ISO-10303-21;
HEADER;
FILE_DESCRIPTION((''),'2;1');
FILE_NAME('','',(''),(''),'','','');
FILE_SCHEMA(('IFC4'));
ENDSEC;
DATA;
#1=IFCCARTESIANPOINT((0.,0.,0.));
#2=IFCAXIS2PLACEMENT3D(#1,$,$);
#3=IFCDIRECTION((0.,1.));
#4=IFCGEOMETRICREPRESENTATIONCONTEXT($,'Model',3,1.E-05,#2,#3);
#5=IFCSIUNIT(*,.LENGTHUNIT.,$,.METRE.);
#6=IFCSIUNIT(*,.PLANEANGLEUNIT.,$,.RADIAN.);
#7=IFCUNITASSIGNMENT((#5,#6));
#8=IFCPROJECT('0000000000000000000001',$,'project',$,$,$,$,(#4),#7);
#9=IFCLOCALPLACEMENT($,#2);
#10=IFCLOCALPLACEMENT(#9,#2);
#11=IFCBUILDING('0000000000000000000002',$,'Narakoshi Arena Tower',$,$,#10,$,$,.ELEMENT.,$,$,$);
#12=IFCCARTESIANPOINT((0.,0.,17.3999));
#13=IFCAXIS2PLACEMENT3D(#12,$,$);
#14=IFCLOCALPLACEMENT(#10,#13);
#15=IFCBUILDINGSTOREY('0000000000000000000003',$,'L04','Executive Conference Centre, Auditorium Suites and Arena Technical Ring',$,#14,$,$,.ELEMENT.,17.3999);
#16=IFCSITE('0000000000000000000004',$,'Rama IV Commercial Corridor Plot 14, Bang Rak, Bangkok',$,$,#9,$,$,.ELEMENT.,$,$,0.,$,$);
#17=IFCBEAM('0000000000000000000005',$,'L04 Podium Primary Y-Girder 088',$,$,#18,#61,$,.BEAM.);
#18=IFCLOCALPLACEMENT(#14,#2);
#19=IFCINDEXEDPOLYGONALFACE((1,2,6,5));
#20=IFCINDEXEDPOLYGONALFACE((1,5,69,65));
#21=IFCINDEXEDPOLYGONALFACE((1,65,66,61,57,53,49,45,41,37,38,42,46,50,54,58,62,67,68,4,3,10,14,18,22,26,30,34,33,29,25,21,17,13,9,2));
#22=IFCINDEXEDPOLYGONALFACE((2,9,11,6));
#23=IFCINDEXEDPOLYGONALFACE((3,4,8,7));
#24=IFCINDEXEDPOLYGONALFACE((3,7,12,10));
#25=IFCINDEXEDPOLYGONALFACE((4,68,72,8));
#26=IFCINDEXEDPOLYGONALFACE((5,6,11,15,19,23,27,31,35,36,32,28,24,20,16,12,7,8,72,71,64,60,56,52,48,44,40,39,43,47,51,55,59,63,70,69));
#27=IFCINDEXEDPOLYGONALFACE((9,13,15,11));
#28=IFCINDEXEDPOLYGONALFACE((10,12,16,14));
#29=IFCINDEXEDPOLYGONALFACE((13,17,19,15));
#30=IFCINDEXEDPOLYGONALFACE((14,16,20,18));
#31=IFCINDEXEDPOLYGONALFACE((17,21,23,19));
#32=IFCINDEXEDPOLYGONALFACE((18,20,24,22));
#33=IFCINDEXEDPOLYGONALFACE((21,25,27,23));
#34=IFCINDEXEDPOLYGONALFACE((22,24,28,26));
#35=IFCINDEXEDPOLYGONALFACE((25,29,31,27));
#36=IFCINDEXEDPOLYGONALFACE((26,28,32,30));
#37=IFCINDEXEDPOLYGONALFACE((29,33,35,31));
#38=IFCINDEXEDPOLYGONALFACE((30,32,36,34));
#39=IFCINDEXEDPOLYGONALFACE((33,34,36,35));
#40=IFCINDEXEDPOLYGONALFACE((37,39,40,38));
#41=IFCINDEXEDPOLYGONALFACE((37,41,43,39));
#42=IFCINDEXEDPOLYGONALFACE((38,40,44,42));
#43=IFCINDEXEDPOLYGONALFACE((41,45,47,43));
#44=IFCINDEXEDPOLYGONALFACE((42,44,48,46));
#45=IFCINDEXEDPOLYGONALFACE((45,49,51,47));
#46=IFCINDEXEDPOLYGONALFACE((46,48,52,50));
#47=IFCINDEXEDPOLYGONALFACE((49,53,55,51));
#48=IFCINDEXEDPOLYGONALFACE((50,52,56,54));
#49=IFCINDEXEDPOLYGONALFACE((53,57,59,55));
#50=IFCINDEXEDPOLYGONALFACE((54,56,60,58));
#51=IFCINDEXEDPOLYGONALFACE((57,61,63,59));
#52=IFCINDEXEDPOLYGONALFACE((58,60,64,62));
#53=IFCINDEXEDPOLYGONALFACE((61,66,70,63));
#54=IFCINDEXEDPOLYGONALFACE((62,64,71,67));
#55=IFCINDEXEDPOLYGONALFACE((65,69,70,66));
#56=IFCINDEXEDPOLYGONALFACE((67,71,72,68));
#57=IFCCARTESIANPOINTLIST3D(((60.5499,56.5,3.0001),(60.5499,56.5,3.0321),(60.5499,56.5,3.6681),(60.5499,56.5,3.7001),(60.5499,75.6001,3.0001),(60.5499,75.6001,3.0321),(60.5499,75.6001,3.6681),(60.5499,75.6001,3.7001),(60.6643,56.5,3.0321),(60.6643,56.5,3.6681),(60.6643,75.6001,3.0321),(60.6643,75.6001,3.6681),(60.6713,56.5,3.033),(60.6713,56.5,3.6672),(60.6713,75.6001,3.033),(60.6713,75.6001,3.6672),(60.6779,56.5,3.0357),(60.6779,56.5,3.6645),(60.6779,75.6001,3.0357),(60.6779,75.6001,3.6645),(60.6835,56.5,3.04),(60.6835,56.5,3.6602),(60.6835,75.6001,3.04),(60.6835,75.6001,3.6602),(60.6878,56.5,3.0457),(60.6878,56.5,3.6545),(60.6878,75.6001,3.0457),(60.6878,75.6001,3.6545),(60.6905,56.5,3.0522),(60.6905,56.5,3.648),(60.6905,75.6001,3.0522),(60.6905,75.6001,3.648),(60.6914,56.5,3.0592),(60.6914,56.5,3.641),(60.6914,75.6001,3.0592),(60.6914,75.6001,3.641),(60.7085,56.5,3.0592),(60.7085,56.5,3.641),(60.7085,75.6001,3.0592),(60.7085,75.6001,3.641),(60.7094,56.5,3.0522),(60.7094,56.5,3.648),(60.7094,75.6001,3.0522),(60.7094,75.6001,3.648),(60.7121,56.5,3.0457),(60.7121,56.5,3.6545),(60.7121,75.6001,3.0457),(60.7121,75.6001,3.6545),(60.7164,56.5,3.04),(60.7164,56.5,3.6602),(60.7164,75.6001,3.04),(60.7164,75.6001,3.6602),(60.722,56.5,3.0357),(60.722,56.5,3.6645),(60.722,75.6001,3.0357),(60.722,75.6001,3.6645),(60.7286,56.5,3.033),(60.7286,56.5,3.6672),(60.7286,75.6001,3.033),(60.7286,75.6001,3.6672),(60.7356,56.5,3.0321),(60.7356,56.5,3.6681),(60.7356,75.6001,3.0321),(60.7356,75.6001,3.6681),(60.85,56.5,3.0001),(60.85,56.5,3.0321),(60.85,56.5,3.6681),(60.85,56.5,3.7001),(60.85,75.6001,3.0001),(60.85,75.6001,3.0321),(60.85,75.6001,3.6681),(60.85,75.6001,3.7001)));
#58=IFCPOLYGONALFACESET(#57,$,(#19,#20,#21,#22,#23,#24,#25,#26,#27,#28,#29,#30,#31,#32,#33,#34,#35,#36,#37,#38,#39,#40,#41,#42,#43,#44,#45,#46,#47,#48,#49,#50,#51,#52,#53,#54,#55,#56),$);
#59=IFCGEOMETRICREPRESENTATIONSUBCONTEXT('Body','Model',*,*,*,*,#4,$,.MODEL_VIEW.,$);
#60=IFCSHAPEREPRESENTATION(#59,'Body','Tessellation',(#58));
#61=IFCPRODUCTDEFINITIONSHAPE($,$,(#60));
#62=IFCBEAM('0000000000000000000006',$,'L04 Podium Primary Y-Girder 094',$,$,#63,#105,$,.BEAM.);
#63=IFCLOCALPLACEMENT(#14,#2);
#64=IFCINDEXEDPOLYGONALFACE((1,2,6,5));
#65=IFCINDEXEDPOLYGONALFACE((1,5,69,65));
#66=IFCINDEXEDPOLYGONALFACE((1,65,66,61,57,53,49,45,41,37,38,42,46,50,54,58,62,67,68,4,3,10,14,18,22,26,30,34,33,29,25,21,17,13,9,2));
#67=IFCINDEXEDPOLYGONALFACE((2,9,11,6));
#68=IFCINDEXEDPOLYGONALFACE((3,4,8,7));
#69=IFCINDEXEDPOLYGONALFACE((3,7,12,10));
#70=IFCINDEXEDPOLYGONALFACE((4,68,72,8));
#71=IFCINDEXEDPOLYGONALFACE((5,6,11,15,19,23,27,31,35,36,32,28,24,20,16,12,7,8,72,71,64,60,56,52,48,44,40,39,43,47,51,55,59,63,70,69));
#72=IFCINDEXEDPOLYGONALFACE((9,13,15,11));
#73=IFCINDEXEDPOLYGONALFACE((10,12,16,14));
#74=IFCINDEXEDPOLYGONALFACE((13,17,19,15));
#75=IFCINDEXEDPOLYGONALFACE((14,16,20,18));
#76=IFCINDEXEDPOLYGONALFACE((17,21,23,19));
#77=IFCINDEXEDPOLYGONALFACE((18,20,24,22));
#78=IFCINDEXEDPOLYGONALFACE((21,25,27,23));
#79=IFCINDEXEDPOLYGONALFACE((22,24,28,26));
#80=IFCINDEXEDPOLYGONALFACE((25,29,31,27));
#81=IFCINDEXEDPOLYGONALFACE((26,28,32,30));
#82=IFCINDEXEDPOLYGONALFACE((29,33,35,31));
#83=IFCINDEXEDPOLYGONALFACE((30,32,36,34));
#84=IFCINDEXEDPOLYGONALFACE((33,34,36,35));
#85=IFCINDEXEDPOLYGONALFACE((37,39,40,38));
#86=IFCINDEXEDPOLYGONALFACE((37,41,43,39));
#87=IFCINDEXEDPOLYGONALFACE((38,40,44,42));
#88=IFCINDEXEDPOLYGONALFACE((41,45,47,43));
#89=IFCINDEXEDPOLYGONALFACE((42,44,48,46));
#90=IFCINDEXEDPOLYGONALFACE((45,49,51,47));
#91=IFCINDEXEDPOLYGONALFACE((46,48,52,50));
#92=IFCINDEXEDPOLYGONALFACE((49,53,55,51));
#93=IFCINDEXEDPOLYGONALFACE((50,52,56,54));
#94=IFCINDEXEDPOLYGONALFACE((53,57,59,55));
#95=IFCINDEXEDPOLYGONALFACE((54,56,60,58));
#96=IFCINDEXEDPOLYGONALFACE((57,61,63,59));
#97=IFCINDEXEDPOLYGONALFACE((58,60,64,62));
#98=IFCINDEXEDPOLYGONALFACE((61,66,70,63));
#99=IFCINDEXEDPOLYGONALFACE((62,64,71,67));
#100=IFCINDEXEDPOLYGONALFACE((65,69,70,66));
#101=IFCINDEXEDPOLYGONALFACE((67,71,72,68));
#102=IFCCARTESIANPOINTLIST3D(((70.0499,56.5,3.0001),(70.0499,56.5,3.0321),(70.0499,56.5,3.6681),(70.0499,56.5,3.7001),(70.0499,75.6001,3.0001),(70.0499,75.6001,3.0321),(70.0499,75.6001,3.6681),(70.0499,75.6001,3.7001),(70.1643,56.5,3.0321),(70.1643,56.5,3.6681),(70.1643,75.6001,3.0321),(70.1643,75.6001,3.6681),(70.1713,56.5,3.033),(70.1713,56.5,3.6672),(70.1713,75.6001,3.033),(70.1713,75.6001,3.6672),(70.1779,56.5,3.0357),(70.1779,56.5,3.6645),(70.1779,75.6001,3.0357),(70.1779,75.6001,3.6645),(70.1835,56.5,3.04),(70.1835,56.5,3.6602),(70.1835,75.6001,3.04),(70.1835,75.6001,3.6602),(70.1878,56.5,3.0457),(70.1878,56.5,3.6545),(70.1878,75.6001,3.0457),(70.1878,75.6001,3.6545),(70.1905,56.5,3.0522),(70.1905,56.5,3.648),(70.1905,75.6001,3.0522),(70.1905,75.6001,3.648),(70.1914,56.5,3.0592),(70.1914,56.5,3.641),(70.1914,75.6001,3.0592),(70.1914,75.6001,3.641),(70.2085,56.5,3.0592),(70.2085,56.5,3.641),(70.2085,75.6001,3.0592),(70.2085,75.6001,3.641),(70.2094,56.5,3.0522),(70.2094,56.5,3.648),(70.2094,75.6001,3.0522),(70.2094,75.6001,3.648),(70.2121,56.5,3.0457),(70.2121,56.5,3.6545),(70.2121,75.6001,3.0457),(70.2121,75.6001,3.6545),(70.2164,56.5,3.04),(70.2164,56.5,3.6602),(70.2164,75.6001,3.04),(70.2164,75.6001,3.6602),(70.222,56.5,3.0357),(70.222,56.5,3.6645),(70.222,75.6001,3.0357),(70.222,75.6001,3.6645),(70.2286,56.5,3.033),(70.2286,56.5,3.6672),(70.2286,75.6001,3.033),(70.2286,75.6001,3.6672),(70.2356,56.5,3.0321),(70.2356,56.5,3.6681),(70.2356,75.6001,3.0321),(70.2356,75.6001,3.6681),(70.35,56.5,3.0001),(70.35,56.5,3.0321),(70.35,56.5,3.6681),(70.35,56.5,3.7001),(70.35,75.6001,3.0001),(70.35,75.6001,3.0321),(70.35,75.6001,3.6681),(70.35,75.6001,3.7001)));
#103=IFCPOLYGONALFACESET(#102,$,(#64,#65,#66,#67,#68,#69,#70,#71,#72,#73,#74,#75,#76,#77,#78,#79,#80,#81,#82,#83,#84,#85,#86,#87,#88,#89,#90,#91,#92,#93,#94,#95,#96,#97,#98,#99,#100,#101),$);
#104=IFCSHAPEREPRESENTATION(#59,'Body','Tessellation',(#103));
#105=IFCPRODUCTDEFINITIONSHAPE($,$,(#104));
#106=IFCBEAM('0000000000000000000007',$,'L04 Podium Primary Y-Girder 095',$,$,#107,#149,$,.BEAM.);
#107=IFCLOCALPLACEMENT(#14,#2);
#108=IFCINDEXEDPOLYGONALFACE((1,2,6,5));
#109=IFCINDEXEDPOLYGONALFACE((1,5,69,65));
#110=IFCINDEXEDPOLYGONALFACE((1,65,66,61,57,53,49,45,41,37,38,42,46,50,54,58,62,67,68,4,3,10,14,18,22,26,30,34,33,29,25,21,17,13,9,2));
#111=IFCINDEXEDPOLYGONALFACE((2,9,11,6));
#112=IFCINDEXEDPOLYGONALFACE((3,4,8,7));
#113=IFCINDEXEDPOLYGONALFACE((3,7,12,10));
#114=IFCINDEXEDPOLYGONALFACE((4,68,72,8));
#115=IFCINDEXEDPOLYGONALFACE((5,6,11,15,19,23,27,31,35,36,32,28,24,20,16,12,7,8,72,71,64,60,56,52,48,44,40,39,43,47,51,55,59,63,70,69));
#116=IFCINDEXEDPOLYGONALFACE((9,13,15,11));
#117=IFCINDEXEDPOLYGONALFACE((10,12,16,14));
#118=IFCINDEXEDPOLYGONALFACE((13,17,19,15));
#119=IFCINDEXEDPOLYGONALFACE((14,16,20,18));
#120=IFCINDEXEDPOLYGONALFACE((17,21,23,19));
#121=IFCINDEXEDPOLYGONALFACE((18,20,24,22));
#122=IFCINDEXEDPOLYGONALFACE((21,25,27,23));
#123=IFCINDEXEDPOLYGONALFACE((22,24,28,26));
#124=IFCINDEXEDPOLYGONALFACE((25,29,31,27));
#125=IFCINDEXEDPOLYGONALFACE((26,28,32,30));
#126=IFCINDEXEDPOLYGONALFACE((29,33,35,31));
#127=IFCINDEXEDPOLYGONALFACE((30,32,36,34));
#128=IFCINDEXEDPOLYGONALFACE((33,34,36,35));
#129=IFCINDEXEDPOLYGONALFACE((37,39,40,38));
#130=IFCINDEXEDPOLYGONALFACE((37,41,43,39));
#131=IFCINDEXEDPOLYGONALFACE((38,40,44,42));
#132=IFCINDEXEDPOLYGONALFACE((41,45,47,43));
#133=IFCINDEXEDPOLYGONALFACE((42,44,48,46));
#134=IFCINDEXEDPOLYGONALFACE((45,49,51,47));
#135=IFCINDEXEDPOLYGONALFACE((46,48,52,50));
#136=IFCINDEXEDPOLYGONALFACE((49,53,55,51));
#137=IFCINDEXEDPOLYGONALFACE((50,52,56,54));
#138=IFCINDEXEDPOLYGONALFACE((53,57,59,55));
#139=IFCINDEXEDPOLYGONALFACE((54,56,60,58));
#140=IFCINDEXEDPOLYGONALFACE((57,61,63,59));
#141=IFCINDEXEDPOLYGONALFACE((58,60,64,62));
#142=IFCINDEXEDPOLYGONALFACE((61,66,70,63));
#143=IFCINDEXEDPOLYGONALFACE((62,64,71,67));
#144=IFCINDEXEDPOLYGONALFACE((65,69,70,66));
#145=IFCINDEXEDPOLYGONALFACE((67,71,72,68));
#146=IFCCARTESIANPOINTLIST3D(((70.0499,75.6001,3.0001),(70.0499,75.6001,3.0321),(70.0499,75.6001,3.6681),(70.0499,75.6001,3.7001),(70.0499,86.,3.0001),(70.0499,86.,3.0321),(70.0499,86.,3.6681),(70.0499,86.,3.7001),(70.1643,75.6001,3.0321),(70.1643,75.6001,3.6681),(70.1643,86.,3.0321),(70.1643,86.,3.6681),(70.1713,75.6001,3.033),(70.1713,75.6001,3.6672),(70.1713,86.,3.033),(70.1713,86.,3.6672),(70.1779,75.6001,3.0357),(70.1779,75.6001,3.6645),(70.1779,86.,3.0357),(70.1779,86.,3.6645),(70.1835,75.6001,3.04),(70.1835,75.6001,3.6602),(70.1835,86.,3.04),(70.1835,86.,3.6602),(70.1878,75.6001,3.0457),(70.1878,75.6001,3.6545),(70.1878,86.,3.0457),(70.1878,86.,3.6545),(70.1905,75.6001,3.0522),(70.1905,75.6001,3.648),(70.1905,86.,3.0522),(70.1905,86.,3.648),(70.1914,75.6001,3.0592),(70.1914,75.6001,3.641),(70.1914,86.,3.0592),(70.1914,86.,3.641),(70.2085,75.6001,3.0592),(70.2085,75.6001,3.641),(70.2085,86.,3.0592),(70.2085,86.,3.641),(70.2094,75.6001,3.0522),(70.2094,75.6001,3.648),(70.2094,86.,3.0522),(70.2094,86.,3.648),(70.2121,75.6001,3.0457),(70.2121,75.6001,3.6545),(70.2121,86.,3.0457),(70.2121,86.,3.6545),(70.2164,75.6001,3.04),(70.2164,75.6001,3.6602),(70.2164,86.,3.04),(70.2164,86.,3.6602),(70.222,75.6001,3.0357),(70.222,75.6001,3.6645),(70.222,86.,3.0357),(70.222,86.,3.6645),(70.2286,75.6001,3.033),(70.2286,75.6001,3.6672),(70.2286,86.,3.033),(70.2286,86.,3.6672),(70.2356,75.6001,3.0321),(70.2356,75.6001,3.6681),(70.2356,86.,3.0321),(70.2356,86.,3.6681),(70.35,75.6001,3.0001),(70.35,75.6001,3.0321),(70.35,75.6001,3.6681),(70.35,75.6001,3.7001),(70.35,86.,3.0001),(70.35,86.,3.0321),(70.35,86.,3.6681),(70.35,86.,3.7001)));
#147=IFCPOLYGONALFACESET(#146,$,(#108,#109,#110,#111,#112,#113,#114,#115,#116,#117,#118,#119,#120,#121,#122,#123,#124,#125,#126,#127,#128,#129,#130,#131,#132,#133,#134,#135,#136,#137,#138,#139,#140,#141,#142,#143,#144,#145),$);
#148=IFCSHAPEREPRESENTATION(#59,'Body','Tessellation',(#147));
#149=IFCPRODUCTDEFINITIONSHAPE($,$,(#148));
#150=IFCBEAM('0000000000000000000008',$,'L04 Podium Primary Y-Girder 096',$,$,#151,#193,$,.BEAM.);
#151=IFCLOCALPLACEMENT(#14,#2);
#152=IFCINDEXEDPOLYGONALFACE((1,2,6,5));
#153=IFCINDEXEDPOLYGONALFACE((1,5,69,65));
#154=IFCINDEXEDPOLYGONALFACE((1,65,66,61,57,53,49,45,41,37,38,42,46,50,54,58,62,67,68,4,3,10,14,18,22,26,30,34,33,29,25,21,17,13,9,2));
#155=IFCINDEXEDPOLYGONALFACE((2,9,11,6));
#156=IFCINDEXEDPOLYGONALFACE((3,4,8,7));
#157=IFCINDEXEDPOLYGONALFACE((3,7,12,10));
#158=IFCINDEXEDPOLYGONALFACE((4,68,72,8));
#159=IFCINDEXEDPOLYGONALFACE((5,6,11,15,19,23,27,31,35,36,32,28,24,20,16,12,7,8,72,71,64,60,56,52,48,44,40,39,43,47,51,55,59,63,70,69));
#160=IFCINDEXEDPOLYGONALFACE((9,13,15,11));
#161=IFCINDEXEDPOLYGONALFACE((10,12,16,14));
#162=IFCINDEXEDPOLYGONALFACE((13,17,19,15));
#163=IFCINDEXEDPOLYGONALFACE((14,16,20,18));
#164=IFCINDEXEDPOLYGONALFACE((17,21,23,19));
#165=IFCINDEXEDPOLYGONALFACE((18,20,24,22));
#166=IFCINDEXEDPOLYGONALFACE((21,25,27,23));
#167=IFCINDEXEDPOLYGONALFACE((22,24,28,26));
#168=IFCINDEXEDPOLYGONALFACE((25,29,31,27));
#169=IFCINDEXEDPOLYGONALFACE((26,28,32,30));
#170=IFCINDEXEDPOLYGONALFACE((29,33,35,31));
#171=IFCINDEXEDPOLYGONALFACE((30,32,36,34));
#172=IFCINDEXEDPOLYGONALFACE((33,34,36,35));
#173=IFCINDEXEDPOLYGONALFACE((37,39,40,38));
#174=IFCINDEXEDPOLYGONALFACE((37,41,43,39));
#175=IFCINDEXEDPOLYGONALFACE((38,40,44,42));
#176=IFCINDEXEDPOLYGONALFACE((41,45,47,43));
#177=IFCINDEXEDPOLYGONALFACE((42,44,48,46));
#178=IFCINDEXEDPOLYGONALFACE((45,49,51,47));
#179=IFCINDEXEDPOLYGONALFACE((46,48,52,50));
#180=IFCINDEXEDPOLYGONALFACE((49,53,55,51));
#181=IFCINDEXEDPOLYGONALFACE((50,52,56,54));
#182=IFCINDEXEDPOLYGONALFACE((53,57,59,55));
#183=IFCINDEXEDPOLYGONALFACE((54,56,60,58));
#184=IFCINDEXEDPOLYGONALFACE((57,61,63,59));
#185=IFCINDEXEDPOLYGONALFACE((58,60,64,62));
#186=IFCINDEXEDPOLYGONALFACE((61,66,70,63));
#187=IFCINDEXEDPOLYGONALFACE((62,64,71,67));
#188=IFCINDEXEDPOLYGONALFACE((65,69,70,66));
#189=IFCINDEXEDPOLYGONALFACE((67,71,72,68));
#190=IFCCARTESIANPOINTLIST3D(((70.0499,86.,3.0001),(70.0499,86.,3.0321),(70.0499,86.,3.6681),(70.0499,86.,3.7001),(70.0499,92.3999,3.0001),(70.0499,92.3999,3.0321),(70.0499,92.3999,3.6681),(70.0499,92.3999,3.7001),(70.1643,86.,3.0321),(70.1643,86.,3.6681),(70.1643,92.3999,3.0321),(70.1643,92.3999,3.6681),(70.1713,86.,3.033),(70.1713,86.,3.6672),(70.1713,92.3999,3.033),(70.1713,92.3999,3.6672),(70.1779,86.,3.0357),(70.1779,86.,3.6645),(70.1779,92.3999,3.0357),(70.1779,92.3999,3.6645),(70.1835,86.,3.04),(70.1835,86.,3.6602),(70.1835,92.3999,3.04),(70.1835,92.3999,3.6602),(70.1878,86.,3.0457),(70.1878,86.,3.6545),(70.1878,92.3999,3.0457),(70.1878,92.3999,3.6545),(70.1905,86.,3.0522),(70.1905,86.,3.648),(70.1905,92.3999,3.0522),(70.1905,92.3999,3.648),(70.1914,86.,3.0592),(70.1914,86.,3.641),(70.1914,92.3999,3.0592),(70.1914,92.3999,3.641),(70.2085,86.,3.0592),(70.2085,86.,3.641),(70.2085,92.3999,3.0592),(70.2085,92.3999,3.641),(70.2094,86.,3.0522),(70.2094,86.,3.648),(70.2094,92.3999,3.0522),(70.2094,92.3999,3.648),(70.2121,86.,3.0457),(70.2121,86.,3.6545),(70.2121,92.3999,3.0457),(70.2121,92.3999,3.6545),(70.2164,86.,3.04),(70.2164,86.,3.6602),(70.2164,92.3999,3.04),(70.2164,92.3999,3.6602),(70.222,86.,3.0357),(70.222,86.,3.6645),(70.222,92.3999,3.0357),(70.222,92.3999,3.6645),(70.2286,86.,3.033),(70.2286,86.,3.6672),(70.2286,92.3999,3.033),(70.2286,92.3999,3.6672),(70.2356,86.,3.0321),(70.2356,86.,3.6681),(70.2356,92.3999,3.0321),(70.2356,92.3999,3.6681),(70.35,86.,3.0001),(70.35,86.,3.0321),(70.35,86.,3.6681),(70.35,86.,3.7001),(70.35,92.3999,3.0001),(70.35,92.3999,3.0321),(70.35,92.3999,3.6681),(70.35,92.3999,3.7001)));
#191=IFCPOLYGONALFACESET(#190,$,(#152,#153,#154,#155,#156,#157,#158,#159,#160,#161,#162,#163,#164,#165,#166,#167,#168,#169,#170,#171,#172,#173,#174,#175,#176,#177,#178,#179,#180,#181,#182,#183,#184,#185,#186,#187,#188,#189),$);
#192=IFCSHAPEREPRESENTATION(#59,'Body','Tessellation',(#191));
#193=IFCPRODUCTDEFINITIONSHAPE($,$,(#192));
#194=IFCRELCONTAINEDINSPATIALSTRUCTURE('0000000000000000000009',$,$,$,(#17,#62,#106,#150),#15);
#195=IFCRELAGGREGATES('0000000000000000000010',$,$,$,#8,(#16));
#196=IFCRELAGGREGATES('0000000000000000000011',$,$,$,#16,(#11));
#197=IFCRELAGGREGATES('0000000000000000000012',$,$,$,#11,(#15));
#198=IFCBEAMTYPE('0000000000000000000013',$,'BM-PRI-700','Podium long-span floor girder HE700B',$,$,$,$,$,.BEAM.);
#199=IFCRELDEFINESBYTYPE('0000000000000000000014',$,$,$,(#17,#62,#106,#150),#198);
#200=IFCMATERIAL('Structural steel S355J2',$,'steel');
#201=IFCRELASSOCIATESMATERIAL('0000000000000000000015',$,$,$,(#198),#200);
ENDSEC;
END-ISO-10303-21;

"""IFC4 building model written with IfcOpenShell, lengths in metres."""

from ifc_helpers import new_model, si_unit, direction, frame, origin, origin_2d, place, context, subcontext, project, spatial, i_section, extrude, material, material_profile, profile_set, type_object, element, save


model = new_model("IFC4")

# Units and contexts
model_context = context("Model", 3, precision=1e-05, world=origin(), true_north=direction((0.0, 1.0)))
body_context = subcontext(model_context, "Body", "Model", "MODEL_VIEW")
ifc_project = project(units=[si_unit("LENGTHUNIT", "METRE"), si_unit("PLANEANGLEUNIT", "RADIAN")], contexts=[model_context])

# Site, building, storey
site_placement = place(None, origin())
site = spatial("IfcSite", under=ifc_project, at=site_placement, Name="Rama IV Commercial Corridor Plot 14, Bang Rak, Bangkok", CompositionType="ELEMENT", RefElevation=0.0)
building_placement = place(site_placement, origin())
building = spatial("IfcBuilding", under=site, at=building_placement, Name="Narakoshi Arena Tower", CompositionType="ELEMENT")
storey_placement = place(building_placement, frame((0.0, 0.0, 17.3999)))
storey = spatial("IfcBuildingStorey", under=building, at=storey_placement, Name="L04", Description="Executive Conference Centre, Auditorium Suites and Arena Technical Ring", CompositionType="ELEMENT", Elevation=17.3999)

# Beams
ifc_material_1 = material(Name="Structural steel S355J2", Category="steel")
ifc_material_profile_1 = material_profile(ifc_material_1, i_section(OverallWidth=0.3, OverallDepth=0.7, WebThickness=0.0171, FlangeThickness=0.032, FilletRadius=0.0271, at=origin_2d()), Name="HE700B")
ifc_profile_set_1 = profile_set([ifc_material_profile_1], Name="Structural steel S355J2")
beam_type_1 = type_object("IfcBeamType", Name="BM-PRI-700", Description="Podium long-span floor girder HE700B", PredefinedType="BEAM", material=ifc_profile_set_1)
for number, where, z_axis, x_axis, name in (
    (1, (60.7, 56.5, 3.3501), (0.0, 1.0, 0.0), (-1.0, 0.0, 0.0), "L04 Podium Primary Y-Girder 088"),
    (2, (70.2, 56.5, 3.3501), (0.0, 1.0, 0.0), (-1.0, 0.0, 0.0), "L04 Podium Primary Y-Girder 094"),
):
    element("IfcBeam", number, at=place(storey_placement, frame(where, z_axis=z_axis, x_axis=x_axis)), inside=storey, type_object=beam_type_1, Name=name, PredefinedType="BEAM", context=body_context, shape_type="SweptSolid", body=[
        extrude(i_section(OverallWidth=0.3, OverallDepth=0.7, WebThickness=0.0171, FlangeThickness=0.032, FilletRadius=0.0271, at=origin_2d()), origin(), (0.0, 0.0, 1.0), 19.1001),
    ])
beam_1_placement = place(storey_placement, frame((70.2, 75.6001, 3.3501), z_axis=(0.0, 1.0, 0.0), x_axis=(-1.0, 0.0, 0.0)))
element("IfcBeam", 3, at=beam_1_placement, inside=storey, type_object=beam_type_1, Name="L04 Podium Primary Y-Girder 095", PredefinedType="BEAM", context=body_context, shape_type="SweptSolid", body=[
    extrude(i_section(OverallWidth=0.3, OverallDepth=0.7, WebThickness=0.0171, FlangeThickness=0.032, FilletRadius=0.0271, at=origin_2d()), origin(), (0.0, 0.0, 1.0), 10.3999),
])
beam_2_placement = place(storey_placement, frame((70.2, 86.0, 3.3501), z_axis=(0.0, 1.0, 0.0), x_axis=(-1.0, 0.0, 0.0)))
element("IfcBeam", 4, at=beam_2_placement, inside=storey, type_object=beam_type_1, Name="L04 Podium Primary Y-Girder 096", PredefinedType="BEAM", context=body_context, shape_type="SweptSolid", body=[
    extrude(i_section(OverallWidth=0.3, OverallDepth=0.7, WebThickness=0.0171, FlangeThickness=0.032, FilletRadius=0.0271, at=origin_2d()), origin(), (0.0, 0.0, 1.0), 6.3999),
])

save(model, "model.ifc")
